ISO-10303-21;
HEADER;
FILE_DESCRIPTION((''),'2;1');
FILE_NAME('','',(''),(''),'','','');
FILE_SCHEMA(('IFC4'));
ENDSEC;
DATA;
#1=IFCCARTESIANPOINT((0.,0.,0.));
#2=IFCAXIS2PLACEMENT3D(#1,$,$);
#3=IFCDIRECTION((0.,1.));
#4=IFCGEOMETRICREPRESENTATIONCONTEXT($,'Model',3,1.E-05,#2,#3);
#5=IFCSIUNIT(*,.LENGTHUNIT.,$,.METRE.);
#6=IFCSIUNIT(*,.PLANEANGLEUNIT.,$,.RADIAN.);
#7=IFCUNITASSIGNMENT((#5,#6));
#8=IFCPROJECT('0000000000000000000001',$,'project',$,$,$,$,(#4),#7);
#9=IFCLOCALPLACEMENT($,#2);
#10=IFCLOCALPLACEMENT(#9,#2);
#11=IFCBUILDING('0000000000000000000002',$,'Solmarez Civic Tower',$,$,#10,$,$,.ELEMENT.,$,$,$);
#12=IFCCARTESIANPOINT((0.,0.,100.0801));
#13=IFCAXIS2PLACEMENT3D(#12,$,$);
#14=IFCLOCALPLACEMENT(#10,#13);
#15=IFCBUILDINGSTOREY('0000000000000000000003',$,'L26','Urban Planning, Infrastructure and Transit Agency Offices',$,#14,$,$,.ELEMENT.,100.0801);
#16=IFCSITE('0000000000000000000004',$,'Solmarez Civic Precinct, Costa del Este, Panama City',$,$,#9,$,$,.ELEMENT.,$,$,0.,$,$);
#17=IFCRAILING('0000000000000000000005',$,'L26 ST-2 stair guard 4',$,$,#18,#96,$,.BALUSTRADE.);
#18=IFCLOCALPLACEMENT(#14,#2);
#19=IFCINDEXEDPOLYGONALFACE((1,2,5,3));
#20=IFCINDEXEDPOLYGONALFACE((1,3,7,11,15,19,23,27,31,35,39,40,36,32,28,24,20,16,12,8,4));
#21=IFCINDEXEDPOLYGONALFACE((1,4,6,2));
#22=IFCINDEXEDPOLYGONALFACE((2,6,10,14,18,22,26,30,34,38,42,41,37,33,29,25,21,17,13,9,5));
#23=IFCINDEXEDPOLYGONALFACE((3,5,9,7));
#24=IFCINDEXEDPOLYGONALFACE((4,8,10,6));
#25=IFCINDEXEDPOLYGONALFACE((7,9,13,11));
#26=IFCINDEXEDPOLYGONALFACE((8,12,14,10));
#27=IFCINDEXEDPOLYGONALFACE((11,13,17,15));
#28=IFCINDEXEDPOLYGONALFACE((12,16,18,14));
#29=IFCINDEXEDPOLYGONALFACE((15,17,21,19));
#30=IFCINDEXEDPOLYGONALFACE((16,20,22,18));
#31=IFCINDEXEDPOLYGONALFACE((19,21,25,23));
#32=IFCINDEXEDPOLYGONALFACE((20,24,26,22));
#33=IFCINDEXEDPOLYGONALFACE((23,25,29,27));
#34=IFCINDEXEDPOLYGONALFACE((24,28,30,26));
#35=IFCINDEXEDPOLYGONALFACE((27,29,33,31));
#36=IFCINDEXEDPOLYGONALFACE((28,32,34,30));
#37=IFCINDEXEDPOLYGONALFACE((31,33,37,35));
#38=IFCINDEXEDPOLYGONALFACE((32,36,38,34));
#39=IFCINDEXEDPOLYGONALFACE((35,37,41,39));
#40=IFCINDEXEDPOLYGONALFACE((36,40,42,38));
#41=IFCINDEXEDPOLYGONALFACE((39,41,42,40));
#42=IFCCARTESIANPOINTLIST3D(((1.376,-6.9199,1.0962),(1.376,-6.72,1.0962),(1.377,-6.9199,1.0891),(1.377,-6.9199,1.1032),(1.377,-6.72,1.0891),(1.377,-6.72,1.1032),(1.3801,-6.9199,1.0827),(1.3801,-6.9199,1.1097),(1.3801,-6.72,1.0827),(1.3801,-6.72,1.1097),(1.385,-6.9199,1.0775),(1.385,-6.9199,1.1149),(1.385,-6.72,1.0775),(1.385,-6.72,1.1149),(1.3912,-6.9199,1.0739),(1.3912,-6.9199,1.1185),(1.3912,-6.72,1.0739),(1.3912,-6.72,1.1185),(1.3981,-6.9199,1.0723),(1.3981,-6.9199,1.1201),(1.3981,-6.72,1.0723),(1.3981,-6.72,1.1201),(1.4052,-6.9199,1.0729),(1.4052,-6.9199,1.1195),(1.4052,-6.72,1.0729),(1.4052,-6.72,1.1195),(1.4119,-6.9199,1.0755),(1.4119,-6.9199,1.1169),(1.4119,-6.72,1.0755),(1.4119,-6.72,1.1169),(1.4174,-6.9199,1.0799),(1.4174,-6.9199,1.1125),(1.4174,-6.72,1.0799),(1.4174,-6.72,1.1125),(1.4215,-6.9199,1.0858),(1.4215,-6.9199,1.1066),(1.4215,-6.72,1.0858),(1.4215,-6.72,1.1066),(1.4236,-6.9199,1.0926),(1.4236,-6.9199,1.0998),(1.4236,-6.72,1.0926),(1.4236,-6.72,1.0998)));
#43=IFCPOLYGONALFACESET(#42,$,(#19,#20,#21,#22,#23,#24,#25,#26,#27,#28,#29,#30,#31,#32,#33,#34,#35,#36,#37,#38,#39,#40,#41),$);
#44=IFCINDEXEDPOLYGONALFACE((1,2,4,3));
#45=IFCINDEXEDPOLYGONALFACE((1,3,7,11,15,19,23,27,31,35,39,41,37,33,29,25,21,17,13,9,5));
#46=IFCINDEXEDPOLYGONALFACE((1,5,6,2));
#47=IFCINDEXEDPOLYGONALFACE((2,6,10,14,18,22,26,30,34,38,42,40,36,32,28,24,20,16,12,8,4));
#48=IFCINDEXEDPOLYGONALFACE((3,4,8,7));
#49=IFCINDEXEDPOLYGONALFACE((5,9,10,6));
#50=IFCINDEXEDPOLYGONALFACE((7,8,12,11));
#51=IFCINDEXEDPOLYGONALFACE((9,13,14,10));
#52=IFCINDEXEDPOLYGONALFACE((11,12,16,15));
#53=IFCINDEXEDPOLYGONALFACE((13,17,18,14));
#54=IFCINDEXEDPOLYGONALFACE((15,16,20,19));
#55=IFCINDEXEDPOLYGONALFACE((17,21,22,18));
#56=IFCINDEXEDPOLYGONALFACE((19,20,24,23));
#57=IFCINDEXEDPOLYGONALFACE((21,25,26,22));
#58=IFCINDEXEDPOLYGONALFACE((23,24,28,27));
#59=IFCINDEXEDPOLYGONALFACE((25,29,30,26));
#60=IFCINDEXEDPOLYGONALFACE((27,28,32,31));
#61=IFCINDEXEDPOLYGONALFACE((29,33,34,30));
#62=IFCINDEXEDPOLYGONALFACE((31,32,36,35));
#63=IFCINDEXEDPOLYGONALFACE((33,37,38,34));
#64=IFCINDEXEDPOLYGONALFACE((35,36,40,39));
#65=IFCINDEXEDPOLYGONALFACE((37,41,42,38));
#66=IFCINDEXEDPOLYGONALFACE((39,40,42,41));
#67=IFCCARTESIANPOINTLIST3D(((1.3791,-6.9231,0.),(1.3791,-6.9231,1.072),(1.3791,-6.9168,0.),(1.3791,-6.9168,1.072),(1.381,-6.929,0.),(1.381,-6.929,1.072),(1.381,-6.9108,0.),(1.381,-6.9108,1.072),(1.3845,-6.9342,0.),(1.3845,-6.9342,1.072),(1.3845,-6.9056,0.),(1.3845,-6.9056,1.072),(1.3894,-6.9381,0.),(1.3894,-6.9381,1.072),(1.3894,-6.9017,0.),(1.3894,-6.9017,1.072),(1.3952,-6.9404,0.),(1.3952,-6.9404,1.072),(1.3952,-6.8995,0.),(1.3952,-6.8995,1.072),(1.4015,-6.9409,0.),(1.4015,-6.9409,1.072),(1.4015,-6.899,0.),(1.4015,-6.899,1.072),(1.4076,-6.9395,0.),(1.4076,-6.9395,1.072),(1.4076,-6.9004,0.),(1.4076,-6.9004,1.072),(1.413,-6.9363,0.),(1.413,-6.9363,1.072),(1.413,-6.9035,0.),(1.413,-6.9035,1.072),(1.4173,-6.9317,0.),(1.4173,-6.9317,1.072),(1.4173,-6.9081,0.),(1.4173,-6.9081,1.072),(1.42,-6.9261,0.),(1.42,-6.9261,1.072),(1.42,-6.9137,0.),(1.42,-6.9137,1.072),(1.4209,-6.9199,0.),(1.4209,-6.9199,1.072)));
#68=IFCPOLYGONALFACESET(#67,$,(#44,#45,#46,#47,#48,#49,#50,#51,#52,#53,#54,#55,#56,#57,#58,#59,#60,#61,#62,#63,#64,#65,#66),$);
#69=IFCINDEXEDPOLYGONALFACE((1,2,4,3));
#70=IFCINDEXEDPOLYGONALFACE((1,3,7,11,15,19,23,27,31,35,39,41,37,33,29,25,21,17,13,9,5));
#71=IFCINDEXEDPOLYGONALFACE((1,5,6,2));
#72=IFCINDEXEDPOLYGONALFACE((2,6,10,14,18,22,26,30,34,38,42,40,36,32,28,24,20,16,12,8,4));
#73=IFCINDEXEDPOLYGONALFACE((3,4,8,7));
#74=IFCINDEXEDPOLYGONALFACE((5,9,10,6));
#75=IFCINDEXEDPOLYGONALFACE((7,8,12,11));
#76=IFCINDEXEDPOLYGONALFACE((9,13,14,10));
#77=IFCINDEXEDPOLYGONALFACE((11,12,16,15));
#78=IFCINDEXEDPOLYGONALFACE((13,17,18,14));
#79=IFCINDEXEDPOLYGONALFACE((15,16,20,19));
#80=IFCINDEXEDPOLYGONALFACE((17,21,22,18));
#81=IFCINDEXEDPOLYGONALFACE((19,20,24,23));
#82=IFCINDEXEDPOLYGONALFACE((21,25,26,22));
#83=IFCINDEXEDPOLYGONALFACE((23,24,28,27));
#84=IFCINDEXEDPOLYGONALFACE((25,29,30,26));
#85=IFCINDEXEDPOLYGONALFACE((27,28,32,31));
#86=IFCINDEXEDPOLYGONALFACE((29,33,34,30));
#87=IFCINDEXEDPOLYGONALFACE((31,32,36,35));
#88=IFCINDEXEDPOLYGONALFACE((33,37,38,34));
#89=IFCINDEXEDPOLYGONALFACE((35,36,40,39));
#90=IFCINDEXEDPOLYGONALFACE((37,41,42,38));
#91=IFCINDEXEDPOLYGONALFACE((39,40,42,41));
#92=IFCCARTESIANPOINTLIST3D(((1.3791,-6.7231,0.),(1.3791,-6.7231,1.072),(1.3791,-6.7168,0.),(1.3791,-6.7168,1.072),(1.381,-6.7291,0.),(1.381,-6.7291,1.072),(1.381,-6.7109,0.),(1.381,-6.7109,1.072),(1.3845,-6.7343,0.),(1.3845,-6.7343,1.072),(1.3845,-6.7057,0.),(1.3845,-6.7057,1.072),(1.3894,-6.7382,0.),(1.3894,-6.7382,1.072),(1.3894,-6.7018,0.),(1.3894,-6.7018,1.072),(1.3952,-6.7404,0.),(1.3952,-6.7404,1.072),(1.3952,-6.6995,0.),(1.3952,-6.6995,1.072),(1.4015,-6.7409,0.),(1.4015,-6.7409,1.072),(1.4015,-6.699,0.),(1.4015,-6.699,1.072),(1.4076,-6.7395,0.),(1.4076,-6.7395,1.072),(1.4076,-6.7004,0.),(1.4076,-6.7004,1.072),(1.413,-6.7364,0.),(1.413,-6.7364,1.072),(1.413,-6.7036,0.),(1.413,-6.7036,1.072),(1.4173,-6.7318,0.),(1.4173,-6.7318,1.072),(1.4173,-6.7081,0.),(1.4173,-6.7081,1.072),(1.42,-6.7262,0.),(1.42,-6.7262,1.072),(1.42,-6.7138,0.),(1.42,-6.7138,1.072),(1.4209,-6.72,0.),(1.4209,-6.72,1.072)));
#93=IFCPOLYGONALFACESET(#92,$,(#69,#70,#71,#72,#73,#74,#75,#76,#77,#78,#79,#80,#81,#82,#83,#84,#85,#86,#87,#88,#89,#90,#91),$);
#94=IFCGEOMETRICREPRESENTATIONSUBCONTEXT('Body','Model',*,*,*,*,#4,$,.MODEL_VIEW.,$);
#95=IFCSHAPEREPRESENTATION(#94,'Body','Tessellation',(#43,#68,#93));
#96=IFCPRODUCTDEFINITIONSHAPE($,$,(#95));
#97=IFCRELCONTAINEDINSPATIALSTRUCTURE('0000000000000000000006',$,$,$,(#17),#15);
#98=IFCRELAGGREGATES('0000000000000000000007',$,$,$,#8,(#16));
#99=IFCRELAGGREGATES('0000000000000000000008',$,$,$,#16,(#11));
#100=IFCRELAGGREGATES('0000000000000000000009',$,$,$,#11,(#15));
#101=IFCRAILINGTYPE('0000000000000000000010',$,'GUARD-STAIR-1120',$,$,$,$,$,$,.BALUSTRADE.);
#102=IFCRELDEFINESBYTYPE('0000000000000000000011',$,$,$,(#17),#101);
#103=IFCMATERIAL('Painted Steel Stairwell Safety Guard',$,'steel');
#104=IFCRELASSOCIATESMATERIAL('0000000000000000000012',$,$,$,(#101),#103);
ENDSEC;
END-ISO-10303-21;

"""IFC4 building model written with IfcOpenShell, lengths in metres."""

from ifc_helpers import new_model, si_unit, direction, frame, origin, origin_2d, place, context, subcontext, project, spatial, circle, extrude, material, type_object, element, save


model = new_model("IFC4")

# Units and contexts
model_context = context("Model", 3, precision=1e-05, world=origin(), true_north=direction((0.0, 1.0)))
body_context = subcontext(model_context, "Body", "Model", "MODEL_VIEW")
ifc_project = project(units=[si_unit("LENGTHUNIT", "METRE"), si_unit("PLANEANGLEUNIT", "RADIAN")], contexts=[model_context])

# Site, building, storey
site_placement = place(None, origin())
site = spatial("IfcSite", under=ifc_project, at=site_placement, Name="Solmarez Civic Precinct, Costa del Este, Panama City", CompositionType="ELEMENT", RefElevation=0.0)
building_placement = place(site_placement, origin())
building = spatial("IfcBuilding", under=site, at=building_placement, Name="Solmarez Civic Tower", CompositionType="ELEMENT")
storey_placement = place(building_placement, frame((0.0, 0.0, 100.0801)))
storey = spatial("IfcBuildingStorey", under=building, at=storey_placement, Name="L26", Description="Urban Planning, Infrastructure and Transit Agency Offices", CompositionType="ELEMENT", Elevation=100.0801)

# Railing
ifc_material_1 = material(Name="Painted Steel Stairwell Safety Guard", Category="steel")
railing_type_1 = type_object("IfcRailingType", Name="GUARD-STAIR-1120", PredefinedType="BALUSTRADE", material=ifc_material_1)
railing_1_placement = place(storey_placement, frame((1.3999, -6.9199, 0.0)))
element("IfcRailing", 1, at=railing_1_placement, inside=storey, type_object=railing_type_1, Name="L26 ST-2 stair guard 4", PredefinedType="BALUSTRADE", context=body_context, shape_type="SweptSolid", body=[
    extrude(circle(Radius=0.0239, at=origin_2d()), frame((0.0, 0.0, 1.0962), z_axis=(0.0, 1.0, 0.0), x_axis=(-1.0, 0.0, 0.0)), (0.0, 0.0, 1.0), 0.2),
    extrude(circle(Radius=0.021, at=origin_2d()), origin(), (0.0, 0.0, 1.0), 1.072),
    extrude(circle(Radius=0.021, at=origin_2d()), frame((0.0, 0.2, 0.0)), (0.0, 0.0, 1.0), 1.072),
])

save(model, "model.ifc")
